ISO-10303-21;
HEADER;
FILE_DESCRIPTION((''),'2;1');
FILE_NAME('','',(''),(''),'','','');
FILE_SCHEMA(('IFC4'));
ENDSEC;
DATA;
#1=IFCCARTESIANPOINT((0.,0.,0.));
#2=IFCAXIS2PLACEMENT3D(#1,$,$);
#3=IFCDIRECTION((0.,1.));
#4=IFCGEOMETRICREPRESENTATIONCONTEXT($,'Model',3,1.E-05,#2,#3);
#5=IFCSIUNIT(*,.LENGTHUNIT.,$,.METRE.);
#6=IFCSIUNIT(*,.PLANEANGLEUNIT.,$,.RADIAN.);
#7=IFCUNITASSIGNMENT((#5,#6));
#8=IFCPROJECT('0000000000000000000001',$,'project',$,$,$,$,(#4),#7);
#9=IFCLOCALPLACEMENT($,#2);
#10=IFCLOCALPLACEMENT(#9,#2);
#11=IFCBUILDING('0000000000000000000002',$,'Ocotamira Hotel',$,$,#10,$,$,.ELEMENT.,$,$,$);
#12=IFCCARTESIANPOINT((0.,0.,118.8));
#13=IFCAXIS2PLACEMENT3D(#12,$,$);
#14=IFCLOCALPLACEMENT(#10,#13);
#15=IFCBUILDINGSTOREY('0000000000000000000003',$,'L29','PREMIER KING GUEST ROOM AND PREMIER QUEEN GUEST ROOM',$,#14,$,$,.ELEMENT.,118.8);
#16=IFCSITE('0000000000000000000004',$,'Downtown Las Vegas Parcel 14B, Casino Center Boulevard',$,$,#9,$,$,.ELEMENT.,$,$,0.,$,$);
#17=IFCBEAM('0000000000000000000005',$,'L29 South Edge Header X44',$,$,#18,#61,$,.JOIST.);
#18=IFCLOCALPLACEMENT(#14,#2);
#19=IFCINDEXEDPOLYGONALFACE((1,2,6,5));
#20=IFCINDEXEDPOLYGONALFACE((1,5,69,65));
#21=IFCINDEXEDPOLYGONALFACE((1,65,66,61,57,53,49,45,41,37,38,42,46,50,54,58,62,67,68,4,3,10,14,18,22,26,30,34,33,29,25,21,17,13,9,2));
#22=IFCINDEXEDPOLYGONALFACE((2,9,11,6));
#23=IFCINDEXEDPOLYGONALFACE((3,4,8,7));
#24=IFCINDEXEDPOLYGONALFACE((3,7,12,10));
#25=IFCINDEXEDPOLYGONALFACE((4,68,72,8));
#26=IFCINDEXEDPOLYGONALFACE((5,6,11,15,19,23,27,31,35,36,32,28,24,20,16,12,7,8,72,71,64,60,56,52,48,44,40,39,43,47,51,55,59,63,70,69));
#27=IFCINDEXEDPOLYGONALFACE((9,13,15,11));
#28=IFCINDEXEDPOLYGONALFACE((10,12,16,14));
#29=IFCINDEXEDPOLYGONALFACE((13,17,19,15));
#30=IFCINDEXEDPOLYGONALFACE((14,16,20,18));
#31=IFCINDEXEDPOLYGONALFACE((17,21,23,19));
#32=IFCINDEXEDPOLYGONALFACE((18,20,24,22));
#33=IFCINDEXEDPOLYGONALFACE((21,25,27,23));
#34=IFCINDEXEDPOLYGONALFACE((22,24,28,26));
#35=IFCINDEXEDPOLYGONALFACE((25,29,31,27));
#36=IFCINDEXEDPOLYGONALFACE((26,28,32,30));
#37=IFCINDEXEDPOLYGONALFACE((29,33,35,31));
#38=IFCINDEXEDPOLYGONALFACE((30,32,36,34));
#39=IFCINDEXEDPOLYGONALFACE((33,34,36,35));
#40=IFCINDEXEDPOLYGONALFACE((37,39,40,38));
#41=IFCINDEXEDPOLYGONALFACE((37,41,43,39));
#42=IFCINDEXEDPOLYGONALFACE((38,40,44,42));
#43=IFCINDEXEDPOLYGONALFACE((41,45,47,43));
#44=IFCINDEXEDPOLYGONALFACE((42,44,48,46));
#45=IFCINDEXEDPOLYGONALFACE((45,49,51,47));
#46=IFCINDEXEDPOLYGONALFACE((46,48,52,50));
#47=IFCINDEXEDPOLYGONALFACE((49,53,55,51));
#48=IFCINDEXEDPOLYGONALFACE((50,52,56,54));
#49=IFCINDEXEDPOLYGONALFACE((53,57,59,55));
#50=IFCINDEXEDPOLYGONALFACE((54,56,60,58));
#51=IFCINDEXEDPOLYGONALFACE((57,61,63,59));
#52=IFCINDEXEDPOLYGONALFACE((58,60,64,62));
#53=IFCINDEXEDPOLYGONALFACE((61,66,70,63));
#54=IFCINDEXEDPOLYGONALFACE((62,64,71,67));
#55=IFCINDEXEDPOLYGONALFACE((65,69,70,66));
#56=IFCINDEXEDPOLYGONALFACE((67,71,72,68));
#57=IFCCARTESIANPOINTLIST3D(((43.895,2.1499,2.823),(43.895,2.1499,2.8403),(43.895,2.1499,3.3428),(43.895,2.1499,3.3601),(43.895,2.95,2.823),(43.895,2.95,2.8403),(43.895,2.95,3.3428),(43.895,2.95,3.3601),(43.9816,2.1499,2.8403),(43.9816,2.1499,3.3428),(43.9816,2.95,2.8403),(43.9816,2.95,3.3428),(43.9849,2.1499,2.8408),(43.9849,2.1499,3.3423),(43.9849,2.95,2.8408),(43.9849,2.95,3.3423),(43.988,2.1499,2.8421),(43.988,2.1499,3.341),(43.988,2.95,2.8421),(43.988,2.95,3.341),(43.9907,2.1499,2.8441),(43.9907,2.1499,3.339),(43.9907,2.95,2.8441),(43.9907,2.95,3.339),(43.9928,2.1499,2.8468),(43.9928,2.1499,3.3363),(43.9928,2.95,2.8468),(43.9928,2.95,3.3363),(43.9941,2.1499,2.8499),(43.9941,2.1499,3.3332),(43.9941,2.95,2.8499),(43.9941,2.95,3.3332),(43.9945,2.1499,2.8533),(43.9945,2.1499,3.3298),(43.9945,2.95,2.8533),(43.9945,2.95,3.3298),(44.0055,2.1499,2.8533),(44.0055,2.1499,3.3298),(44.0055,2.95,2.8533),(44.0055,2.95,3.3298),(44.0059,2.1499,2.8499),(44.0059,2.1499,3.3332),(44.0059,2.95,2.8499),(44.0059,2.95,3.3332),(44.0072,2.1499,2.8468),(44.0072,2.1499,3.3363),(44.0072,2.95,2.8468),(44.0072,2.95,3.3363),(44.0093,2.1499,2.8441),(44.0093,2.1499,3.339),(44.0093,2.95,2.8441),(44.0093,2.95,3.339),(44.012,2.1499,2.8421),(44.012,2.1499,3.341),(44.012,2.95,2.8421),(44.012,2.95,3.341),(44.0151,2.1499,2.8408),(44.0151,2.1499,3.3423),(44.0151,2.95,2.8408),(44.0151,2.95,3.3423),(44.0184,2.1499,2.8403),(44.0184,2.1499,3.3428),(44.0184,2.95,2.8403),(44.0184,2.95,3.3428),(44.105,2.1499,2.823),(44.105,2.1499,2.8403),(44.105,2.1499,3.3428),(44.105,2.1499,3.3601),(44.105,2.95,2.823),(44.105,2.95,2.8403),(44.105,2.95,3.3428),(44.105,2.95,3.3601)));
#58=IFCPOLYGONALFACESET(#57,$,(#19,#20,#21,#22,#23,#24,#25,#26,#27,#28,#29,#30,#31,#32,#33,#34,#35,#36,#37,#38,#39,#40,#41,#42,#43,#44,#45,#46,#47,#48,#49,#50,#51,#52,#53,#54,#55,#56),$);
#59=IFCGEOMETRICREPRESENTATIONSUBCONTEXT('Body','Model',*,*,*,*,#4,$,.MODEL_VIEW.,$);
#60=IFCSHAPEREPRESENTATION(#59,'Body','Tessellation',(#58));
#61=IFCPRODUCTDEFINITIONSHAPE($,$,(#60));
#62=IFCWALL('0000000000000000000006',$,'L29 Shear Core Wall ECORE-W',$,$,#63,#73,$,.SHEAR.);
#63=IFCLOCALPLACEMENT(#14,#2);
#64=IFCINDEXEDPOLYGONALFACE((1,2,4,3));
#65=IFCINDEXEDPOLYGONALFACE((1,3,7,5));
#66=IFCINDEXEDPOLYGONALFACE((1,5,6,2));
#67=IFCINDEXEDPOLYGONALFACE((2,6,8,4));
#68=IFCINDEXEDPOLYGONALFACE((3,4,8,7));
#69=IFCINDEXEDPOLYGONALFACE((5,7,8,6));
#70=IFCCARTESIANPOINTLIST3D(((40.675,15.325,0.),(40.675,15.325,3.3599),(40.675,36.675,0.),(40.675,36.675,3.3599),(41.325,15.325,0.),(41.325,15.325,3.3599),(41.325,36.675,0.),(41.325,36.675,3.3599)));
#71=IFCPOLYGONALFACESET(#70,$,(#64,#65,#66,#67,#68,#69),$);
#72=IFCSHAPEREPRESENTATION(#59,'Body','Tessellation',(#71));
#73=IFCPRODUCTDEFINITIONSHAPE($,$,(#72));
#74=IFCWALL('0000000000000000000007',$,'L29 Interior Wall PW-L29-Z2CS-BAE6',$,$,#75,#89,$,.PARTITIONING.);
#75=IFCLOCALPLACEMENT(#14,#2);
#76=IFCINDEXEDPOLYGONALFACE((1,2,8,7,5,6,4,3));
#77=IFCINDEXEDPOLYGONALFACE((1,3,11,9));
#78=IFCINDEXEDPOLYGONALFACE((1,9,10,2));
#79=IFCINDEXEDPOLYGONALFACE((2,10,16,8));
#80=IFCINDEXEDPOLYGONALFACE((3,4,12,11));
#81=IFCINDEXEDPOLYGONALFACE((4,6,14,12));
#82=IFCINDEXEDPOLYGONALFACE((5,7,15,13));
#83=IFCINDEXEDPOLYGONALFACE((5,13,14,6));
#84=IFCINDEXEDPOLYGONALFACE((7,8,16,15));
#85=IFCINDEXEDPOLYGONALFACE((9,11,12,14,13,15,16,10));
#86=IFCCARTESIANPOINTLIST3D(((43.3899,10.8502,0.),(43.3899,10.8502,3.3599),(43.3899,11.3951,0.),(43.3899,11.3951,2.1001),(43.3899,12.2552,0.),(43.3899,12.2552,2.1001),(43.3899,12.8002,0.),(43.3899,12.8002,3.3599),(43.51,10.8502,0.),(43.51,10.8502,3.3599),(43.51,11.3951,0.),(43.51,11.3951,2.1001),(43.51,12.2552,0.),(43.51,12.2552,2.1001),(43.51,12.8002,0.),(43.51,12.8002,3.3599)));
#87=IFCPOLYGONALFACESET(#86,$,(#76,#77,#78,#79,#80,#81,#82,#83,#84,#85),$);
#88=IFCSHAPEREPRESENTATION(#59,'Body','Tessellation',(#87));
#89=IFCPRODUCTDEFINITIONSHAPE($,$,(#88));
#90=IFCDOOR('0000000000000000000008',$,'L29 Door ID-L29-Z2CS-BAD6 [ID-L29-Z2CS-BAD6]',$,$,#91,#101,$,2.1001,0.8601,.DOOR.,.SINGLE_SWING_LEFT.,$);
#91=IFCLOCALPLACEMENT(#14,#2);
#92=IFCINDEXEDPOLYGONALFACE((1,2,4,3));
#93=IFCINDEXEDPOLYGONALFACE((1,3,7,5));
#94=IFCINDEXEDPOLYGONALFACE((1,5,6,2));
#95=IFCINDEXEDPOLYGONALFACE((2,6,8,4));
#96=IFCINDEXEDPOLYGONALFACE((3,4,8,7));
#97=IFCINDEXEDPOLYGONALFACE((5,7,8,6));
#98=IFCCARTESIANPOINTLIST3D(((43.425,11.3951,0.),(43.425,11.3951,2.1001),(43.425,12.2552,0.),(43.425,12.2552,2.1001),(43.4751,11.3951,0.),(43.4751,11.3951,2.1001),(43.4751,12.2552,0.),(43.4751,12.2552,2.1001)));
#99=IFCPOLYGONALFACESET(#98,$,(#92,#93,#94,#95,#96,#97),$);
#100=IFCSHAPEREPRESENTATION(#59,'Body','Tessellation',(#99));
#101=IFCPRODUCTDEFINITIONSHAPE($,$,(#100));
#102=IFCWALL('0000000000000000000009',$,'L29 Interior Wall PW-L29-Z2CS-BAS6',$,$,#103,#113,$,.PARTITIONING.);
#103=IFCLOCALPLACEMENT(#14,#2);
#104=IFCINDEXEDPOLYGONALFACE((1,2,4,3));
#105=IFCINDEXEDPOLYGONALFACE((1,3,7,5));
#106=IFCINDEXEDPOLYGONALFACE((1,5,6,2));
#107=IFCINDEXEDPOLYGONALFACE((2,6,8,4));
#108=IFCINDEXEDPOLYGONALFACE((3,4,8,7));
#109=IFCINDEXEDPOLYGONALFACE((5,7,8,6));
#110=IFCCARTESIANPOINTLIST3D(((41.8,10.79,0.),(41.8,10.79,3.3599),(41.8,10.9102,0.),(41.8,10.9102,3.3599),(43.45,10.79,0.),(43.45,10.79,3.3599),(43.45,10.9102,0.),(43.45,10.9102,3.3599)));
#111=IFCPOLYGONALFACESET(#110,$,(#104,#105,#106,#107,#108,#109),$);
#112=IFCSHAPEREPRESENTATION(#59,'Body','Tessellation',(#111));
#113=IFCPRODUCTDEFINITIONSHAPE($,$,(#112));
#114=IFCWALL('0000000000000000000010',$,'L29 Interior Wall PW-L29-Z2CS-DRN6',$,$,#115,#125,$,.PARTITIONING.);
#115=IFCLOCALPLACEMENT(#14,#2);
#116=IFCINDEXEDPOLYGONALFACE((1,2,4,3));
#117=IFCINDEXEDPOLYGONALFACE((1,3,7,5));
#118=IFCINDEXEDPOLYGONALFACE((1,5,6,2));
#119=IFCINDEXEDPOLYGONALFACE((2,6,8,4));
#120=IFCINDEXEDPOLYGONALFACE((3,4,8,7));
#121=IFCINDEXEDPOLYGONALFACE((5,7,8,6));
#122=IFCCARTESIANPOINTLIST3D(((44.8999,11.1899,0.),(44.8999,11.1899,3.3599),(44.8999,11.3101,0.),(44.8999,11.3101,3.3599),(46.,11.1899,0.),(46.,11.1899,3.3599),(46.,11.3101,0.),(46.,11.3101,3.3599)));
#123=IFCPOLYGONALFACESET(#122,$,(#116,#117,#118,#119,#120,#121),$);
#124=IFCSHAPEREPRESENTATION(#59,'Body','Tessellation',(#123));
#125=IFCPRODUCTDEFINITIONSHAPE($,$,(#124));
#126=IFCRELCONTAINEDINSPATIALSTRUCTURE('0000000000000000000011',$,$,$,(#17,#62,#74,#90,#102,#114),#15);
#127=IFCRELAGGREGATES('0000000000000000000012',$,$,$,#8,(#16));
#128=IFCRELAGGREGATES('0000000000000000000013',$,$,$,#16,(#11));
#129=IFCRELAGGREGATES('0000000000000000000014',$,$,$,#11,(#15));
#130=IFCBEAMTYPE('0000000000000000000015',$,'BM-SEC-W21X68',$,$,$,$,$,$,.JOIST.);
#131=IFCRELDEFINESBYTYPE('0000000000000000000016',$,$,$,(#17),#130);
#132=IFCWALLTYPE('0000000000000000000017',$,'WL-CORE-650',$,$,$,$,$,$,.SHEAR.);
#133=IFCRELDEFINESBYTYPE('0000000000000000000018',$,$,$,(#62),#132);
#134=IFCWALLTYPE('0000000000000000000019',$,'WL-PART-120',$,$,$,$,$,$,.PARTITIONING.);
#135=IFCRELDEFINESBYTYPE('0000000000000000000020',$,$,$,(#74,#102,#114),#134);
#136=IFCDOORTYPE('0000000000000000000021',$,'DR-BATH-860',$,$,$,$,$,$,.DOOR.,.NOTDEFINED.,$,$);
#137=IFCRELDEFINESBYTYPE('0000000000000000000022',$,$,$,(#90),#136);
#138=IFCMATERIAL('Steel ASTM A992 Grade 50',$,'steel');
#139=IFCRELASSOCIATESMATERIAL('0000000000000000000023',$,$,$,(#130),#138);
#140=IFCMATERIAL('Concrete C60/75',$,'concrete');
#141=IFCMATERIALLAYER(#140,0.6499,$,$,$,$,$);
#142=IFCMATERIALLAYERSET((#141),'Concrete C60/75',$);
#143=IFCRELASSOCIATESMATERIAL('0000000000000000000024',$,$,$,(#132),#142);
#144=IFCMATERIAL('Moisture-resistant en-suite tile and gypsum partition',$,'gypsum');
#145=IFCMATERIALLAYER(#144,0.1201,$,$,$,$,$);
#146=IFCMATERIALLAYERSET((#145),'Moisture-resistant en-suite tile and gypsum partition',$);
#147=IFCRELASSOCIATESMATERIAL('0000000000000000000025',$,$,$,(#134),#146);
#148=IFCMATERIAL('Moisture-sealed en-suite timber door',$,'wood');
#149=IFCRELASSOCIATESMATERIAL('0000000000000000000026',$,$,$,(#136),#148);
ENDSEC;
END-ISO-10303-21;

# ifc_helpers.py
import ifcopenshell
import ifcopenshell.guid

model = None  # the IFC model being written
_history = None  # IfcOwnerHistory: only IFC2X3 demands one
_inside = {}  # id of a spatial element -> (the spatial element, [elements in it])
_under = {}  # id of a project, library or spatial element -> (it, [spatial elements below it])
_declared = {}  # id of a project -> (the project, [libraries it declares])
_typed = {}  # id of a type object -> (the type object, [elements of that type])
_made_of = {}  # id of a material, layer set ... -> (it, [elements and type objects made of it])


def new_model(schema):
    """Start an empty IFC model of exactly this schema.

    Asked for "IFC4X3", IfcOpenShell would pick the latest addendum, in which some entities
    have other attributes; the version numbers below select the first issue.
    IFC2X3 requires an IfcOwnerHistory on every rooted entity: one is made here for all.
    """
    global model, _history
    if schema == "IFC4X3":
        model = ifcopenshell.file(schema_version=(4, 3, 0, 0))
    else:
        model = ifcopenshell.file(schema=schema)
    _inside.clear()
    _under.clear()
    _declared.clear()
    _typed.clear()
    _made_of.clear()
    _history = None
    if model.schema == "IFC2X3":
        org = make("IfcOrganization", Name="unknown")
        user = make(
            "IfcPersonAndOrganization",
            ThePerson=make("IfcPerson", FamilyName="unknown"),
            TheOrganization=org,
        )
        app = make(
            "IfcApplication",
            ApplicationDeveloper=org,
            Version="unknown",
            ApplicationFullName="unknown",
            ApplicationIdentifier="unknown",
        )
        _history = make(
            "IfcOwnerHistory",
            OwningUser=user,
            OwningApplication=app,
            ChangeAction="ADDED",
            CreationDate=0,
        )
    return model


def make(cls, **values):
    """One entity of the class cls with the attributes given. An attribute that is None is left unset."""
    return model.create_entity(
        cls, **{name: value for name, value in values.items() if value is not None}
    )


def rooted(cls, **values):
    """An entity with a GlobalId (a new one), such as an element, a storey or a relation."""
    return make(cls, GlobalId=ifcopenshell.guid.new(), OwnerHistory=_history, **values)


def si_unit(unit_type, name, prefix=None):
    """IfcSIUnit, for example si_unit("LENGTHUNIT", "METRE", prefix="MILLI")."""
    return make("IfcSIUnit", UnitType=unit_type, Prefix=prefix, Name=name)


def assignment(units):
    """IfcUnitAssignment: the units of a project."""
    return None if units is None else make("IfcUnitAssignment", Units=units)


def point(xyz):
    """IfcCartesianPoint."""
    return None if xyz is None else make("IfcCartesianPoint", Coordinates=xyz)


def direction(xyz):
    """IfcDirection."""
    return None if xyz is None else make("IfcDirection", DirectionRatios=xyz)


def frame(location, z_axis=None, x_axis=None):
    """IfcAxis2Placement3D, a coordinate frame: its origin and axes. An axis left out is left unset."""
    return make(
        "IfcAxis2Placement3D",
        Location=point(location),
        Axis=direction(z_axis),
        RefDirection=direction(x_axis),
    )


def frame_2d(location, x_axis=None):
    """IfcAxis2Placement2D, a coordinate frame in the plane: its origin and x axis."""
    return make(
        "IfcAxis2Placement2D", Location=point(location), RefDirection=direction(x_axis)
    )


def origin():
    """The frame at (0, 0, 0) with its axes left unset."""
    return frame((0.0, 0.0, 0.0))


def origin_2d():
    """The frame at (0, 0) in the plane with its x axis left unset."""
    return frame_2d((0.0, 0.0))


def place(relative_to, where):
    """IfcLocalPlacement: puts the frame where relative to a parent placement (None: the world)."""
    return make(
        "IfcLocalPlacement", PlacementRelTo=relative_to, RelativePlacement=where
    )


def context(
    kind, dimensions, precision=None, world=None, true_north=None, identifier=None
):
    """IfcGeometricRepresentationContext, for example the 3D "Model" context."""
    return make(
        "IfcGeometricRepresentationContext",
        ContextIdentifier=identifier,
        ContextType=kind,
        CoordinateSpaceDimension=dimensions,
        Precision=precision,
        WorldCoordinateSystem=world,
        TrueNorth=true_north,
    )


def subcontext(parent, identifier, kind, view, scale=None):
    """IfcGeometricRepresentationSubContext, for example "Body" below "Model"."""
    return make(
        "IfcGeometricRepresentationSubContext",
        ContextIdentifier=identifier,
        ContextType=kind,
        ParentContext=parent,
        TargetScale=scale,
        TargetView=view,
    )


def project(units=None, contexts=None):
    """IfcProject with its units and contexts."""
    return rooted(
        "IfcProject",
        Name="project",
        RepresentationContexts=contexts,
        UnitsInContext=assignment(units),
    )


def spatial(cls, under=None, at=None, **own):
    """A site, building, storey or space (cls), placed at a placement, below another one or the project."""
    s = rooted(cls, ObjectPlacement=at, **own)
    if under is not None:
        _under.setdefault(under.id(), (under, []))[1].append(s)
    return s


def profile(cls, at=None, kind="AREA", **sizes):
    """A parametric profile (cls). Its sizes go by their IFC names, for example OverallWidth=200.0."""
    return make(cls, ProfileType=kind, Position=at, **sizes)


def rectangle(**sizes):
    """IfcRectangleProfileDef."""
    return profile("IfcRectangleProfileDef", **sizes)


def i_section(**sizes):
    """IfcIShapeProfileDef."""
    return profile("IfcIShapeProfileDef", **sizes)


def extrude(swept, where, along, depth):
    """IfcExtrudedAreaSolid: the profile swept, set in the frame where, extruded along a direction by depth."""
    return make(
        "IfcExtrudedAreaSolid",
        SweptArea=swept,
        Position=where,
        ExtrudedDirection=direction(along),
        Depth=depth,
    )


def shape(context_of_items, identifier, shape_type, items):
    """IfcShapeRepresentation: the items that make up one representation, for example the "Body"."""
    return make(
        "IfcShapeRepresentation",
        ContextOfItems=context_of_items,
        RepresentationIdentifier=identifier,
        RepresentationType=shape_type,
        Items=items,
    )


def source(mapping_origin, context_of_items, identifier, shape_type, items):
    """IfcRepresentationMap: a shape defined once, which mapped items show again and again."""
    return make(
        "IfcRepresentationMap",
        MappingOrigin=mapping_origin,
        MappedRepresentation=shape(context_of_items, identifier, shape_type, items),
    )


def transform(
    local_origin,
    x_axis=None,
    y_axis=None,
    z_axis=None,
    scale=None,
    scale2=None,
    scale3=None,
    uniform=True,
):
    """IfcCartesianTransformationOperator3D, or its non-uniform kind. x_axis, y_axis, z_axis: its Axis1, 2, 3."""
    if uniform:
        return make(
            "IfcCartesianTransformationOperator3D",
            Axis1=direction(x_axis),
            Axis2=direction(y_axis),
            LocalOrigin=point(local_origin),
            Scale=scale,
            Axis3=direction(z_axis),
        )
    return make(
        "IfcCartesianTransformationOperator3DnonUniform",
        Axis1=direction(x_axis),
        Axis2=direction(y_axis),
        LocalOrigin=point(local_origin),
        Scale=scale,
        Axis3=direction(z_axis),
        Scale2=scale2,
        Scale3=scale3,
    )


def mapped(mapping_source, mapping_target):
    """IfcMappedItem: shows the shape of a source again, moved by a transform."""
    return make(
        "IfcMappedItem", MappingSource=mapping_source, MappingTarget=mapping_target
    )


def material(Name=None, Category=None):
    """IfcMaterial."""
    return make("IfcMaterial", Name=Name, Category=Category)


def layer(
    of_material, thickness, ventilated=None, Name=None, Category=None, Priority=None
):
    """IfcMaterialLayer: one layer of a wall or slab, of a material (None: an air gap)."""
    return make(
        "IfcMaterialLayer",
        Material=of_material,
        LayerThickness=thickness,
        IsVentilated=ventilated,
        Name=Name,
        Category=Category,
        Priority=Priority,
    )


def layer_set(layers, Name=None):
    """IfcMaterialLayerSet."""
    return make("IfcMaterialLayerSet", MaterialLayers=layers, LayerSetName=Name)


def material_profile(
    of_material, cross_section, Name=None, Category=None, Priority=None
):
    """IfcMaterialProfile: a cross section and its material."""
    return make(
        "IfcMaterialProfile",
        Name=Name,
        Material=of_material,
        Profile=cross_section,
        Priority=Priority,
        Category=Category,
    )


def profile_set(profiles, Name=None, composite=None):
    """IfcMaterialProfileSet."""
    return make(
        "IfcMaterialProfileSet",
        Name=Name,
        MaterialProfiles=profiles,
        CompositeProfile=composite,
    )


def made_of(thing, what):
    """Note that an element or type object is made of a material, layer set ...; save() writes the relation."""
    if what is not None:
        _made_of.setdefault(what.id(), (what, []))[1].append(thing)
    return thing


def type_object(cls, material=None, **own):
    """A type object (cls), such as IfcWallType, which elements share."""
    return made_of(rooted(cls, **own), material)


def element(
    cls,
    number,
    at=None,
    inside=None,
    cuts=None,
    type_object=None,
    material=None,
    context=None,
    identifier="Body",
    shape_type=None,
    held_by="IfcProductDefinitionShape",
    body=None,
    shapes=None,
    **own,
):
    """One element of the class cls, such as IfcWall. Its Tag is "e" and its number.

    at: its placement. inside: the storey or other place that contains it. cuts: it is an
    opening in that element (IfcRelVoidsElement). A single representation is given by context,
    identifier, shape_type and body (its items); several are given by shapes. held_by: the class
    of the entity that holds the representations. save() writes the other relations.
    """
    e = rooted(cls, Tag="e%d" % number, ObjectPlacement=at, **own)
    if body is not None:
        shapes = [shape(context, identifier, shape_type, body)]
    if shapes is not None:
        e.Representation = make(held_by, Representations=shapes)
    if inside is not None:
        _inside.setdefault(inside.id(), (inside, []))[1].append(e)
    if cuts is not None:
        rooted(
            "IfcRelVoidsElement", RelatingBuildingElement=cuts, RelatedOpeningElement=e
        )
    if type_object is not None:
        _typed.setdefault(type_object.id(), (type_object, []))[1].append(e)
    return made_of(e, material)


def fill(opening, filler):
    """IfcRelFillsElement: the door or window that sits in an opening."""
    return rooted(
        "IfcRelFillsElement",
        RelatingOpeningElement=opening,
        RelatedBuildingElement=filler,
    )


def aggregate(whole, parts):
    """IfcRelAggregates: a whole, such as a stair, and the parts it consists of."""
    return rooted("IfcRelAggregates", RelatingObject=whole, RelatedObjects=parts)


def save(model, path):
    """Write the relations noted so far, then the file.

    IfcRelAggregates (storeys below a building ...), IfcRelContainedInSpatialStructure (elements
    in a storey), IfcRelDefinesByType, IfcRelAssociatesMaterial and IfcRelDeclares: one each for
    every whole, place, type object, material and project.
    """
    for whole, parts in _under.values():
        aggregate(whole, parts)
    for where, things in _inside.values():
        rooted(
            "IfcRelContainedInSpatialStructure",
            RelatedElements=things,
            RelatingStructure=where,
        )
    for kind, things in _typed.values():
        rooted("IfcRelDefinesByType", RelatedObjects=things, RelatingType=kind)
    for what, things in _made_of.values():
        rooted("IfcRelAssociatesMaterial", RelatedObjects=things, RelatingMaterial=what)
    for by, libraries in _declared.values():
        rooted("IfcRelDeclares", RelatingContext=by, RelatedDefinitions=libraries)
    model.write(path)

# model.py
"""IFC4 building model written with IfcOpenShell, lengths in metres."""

from ifc_helpers import new_model, si_unit, direction, frame, frame_2d, origin, origin_2d, place, context, subcontext, project, spatial, rectangle, i_section, extrude, source, transform, mapped, material, layer, layer_set, material_profile, profile_set, type_object, element, fill, save


model = new_model("IFC4")

# Units and contexts
model_context = context("Model", 3, precision=1e-05, world=origin(), true_north=direction((0.0, 1.0)))
body_context = subcontext(model_context, "Body", "Model", "MODEL_VIEW")
ifc_project = project(units=[si_unit("LENGTHUNIT", "METRE"), si_unit("PLANEANGLEUNIT", "RADIAN")], contexts=[model_context])

# Site, building, storey
site_placement = place(None, origin())
site = spatial("IfcSite", under=ifc_project, at=site_placement, Name="Downtown Las Vegas Parcel 14B, Casino Center Boulevard", CompositionType="ELEMENT", RefElevation=0.0)
building_placement = place(site_placement, origin())
building = spatial("IfcBuilding", under=site, at=building_placement, Name="Ocotamira Hotel", CompositionType="ELEMENT")
storey_placement = place(building_placement, frame((0.0, 0.0, 118.8)))
storey = spatial("IfcBuildingStorey", under=building, at=storey_placement, Name="L29", Description="PREMIER KING GUEST ROOM AND PREMIER QUEEN GUEST ROOM", CompositionType="ELEMENT", Elevation=118.8)

# Beam
ifc_material_1 = material(Name="Steel ASTM A992 Grade 50", Category="steel")
ifc_material_profile_1 = material_profile(ifc_material_1, i_section(OverallWidth=0.21, OverallDepth=0.5371, WebThickness=0.011, FlangeThickness=0.0173, FilletRadius=0.0129, at=origin_2d()), Name="W21X68")
ifc_profile_set_1 = profile_set([ifc_material_profile_1], Name="Steel ASTM A992 Grade 50")
beam_type_1 = type_object("IfcBeamType", Name="BM-SEC-W21X68", PredefinedType="JOIST", material=ifc_profile_set_1)
shared_shape_1 = source(origin(), body_context, "Body", "SweptSolid", [
    extrude(i_section(OverallWidth=0.21, OverallDepth=0.5371, WebThickness=0.011, FlangeThickness=0.0173, FilletRadius=0.0129, at=origin_2d()), origin(), (0.0, 0.0, 1.0), 0.8),
])
beam_1_placement = place(storey_placement, frame((44.0, 2.95, 3.0916), z_axis=(0.0, -1.0, 0.0), x_axis=(1.0, 0.0, 0.0)))
element("IfcBeam", 1, at=beam_1_placement, inside=storey, type_object=beam_type_1, Name="L29 South Edge Header X44", PredefinedType="JOIST", context=body_context, shape_type="MappedRepresentation", body=[
    mapped(shared_shape_1, transform((0.0, 0.0, 0.0), scale=1.0)),
])

# Shared definitions
ifc_material_2 = material(Name="Concrete C60/75", Category="concrete")
ifc_layer_1 = layer(ifc_material_2, 0.6499)
ifc_layer_set_1 = layer_set([ifc_layer_1], Name="Concrete C60/75")
wall_type_1 = type_object("IfcWallType", Name="WL-CORE-650", PredefinedType="SHEAR", material=ifc_layer_set_1)

# Wall
wall_1_placement = place(storey_placement, frame((41.0, 15.325, 0.0), z_axis=(0.0, 0.0, 1.0), x_axis=(0.0, 1.0, 0.0)))
element("IfcWall", 2, at=wall_1_placement, inside=storey, type_object=wall_type_1, Name="L29 Shear Core Wall ECORE-W", PredefinedType="SHEAR", context=body_context, shape_type="SweptSolid", body=[
    extrude(rectangle(XDim=21.3501, YDim=0.6499, at=frame_2d((10.675, 0.0))), origin(), (0.0, 0.0, 1.0), 3.3599),
])

# Wall, opening, door
ifc_material_3 = material(Name="Moisture-resistant en-suite tile and gypsum partition", Category="gypsum")
ifc_layer_2 = layer(ifc_material_3, 0.1201)
ifc_layer_set_2 = layer_set([ifc_layer_2], Name="Moisture-resistant en-suite tile and gypsum partition")
wall_type_2 = type_object("IfcWallType", Name="WL-PART-120", PredefinedType="PARTITIONING", material=ifc_layer_set_2)
wall_2_placement = place(storey_placement, frame((43.45, 10.8501, 0.0), z_axis=(0.0, 0.0, 1.0), x_axis=(0.0, 1.0, 0.0)))
wall_2 = element("IfcWall", 3, at=wall_2_placement, inside=storey, type_object=wall_type_2, Name="L29 Interior Wall PW-L29-Z2CS-BAE6", PredefinedType="PARTITIONING", context=body_context, shape_type="SweptSolid", body=[
    extrude(rectangle(XDim=1.95, YDim=0.1201, at=frame_2d((0.9751, 0.0))), origin(), (0.0, 0.0, 1.0), 3.3599),
])
opening_1_placement = place(wall_2_placement, frame((0.5449, 0.0, 0.0)))
opening_1 = element("IfcOpeningElement", 4, at=opening_1_placement, cuts=wall_2, PredefinedType="OPENING", context=body_context, shape_type="SweptSolid", body=[
    extrude(rectangle(XDim=0.8601, YDim=2.1001, at=frame_2d((0.4302, 1.05))), frame((0.0, 0.0701, 0.0), z_axis=(0.0, -1.0, 0.0), x_axis=(1.0, 0.0, 0.0)), (0.0, 0.0, 1.0), 0.1401),
])
ifc_material_4 = material(Name="Moisture-sealed en-suite timber door", Category="wood")
door_type_1 = type_object("IfcDoorType", Name="DR-BATH-860", OperationType="NOTDEFINED", PredefinedType="DOOR", material=ifc_material_4)
shared_shape_2 = source(origin(), body_context, "Body", "SweptSolid", [
    extrude(rectangle(XDim=0.8601, YDim=2.1001, at=frame_2d((0.4302, 1.05))), frame((0.0, 0.0249, 0.0), z_axis=(0.0, -1.0, 0.0), x_axis=(1.0, 0.0, 0.0)), (0.0, 0.0, 1.0), 0.05),
])
door_1_placement = place(opening_1_placement, origin())
door_1 = element("IfcDoor", 5, at=door_1_placement, inside=storey, type_object=door_type_1, Name="L29 Door ID-L29-Z2CS-BAD6 [ID-L29-Z2CS-BAD6]", OperationType="SINGLE_SWING_LEFT", OverallHeight=2.1001, OverallWidth=0.8601, PredefinedType="DOOR", context=body_context, shape_type="MappedRepresentation", body=[
    mapped(shared_shape_2, transform((0.0, 0.0, 0.0), scale=1.0)),
])
fill(opening_1, door_1)

# Walls
wall_3_placement = place(storey_placement, frame((41.8, 10.8501, 0.0), z_axis=(0.0, 0.0, 1.0), x_axis=(1.0, 0.0, 0.0)))
element("IfcWall", 6, at=wall_3_placement, inside=storey, type_object=wall_type_2, Name="L29 Interior Wall PW-L29-Z2CS-BAS6", PredefinedType="PARTITIONING", context=body_context, shape_type="SweptSolid", body=[
    extrude(rectangle(XDim=1.6499, YDim=0.1201, at=frame_2d((0.825, 0.0))), origin(), (0.0, 0.0, 1.0), 3.3599),
])
wall_4_placement = place(storey_placement, frame((44.8999, 11.25, 0.0), z_axis=(0.0, 0.0, 1.0), x_axis=(1.0, 0.0, 0.0)))
element("IfcWall", 7, at=wall_4_placement, inside=storey, type_object=wall_type_2, Name="L29 Interior Wall PW-L29-Z2CS-DRN6", PredefinedType="PARTITIONING", context=body_context, shape_type="SweptSolid", body=[
    extrude(rectangle(XDim=1.1001, YDim=0.1201, at=frame_2d((0.55, 0.0))), origin(), (0.0, 0.0, 1.0), 3.3599),
])

save(model, "model.ifc")
